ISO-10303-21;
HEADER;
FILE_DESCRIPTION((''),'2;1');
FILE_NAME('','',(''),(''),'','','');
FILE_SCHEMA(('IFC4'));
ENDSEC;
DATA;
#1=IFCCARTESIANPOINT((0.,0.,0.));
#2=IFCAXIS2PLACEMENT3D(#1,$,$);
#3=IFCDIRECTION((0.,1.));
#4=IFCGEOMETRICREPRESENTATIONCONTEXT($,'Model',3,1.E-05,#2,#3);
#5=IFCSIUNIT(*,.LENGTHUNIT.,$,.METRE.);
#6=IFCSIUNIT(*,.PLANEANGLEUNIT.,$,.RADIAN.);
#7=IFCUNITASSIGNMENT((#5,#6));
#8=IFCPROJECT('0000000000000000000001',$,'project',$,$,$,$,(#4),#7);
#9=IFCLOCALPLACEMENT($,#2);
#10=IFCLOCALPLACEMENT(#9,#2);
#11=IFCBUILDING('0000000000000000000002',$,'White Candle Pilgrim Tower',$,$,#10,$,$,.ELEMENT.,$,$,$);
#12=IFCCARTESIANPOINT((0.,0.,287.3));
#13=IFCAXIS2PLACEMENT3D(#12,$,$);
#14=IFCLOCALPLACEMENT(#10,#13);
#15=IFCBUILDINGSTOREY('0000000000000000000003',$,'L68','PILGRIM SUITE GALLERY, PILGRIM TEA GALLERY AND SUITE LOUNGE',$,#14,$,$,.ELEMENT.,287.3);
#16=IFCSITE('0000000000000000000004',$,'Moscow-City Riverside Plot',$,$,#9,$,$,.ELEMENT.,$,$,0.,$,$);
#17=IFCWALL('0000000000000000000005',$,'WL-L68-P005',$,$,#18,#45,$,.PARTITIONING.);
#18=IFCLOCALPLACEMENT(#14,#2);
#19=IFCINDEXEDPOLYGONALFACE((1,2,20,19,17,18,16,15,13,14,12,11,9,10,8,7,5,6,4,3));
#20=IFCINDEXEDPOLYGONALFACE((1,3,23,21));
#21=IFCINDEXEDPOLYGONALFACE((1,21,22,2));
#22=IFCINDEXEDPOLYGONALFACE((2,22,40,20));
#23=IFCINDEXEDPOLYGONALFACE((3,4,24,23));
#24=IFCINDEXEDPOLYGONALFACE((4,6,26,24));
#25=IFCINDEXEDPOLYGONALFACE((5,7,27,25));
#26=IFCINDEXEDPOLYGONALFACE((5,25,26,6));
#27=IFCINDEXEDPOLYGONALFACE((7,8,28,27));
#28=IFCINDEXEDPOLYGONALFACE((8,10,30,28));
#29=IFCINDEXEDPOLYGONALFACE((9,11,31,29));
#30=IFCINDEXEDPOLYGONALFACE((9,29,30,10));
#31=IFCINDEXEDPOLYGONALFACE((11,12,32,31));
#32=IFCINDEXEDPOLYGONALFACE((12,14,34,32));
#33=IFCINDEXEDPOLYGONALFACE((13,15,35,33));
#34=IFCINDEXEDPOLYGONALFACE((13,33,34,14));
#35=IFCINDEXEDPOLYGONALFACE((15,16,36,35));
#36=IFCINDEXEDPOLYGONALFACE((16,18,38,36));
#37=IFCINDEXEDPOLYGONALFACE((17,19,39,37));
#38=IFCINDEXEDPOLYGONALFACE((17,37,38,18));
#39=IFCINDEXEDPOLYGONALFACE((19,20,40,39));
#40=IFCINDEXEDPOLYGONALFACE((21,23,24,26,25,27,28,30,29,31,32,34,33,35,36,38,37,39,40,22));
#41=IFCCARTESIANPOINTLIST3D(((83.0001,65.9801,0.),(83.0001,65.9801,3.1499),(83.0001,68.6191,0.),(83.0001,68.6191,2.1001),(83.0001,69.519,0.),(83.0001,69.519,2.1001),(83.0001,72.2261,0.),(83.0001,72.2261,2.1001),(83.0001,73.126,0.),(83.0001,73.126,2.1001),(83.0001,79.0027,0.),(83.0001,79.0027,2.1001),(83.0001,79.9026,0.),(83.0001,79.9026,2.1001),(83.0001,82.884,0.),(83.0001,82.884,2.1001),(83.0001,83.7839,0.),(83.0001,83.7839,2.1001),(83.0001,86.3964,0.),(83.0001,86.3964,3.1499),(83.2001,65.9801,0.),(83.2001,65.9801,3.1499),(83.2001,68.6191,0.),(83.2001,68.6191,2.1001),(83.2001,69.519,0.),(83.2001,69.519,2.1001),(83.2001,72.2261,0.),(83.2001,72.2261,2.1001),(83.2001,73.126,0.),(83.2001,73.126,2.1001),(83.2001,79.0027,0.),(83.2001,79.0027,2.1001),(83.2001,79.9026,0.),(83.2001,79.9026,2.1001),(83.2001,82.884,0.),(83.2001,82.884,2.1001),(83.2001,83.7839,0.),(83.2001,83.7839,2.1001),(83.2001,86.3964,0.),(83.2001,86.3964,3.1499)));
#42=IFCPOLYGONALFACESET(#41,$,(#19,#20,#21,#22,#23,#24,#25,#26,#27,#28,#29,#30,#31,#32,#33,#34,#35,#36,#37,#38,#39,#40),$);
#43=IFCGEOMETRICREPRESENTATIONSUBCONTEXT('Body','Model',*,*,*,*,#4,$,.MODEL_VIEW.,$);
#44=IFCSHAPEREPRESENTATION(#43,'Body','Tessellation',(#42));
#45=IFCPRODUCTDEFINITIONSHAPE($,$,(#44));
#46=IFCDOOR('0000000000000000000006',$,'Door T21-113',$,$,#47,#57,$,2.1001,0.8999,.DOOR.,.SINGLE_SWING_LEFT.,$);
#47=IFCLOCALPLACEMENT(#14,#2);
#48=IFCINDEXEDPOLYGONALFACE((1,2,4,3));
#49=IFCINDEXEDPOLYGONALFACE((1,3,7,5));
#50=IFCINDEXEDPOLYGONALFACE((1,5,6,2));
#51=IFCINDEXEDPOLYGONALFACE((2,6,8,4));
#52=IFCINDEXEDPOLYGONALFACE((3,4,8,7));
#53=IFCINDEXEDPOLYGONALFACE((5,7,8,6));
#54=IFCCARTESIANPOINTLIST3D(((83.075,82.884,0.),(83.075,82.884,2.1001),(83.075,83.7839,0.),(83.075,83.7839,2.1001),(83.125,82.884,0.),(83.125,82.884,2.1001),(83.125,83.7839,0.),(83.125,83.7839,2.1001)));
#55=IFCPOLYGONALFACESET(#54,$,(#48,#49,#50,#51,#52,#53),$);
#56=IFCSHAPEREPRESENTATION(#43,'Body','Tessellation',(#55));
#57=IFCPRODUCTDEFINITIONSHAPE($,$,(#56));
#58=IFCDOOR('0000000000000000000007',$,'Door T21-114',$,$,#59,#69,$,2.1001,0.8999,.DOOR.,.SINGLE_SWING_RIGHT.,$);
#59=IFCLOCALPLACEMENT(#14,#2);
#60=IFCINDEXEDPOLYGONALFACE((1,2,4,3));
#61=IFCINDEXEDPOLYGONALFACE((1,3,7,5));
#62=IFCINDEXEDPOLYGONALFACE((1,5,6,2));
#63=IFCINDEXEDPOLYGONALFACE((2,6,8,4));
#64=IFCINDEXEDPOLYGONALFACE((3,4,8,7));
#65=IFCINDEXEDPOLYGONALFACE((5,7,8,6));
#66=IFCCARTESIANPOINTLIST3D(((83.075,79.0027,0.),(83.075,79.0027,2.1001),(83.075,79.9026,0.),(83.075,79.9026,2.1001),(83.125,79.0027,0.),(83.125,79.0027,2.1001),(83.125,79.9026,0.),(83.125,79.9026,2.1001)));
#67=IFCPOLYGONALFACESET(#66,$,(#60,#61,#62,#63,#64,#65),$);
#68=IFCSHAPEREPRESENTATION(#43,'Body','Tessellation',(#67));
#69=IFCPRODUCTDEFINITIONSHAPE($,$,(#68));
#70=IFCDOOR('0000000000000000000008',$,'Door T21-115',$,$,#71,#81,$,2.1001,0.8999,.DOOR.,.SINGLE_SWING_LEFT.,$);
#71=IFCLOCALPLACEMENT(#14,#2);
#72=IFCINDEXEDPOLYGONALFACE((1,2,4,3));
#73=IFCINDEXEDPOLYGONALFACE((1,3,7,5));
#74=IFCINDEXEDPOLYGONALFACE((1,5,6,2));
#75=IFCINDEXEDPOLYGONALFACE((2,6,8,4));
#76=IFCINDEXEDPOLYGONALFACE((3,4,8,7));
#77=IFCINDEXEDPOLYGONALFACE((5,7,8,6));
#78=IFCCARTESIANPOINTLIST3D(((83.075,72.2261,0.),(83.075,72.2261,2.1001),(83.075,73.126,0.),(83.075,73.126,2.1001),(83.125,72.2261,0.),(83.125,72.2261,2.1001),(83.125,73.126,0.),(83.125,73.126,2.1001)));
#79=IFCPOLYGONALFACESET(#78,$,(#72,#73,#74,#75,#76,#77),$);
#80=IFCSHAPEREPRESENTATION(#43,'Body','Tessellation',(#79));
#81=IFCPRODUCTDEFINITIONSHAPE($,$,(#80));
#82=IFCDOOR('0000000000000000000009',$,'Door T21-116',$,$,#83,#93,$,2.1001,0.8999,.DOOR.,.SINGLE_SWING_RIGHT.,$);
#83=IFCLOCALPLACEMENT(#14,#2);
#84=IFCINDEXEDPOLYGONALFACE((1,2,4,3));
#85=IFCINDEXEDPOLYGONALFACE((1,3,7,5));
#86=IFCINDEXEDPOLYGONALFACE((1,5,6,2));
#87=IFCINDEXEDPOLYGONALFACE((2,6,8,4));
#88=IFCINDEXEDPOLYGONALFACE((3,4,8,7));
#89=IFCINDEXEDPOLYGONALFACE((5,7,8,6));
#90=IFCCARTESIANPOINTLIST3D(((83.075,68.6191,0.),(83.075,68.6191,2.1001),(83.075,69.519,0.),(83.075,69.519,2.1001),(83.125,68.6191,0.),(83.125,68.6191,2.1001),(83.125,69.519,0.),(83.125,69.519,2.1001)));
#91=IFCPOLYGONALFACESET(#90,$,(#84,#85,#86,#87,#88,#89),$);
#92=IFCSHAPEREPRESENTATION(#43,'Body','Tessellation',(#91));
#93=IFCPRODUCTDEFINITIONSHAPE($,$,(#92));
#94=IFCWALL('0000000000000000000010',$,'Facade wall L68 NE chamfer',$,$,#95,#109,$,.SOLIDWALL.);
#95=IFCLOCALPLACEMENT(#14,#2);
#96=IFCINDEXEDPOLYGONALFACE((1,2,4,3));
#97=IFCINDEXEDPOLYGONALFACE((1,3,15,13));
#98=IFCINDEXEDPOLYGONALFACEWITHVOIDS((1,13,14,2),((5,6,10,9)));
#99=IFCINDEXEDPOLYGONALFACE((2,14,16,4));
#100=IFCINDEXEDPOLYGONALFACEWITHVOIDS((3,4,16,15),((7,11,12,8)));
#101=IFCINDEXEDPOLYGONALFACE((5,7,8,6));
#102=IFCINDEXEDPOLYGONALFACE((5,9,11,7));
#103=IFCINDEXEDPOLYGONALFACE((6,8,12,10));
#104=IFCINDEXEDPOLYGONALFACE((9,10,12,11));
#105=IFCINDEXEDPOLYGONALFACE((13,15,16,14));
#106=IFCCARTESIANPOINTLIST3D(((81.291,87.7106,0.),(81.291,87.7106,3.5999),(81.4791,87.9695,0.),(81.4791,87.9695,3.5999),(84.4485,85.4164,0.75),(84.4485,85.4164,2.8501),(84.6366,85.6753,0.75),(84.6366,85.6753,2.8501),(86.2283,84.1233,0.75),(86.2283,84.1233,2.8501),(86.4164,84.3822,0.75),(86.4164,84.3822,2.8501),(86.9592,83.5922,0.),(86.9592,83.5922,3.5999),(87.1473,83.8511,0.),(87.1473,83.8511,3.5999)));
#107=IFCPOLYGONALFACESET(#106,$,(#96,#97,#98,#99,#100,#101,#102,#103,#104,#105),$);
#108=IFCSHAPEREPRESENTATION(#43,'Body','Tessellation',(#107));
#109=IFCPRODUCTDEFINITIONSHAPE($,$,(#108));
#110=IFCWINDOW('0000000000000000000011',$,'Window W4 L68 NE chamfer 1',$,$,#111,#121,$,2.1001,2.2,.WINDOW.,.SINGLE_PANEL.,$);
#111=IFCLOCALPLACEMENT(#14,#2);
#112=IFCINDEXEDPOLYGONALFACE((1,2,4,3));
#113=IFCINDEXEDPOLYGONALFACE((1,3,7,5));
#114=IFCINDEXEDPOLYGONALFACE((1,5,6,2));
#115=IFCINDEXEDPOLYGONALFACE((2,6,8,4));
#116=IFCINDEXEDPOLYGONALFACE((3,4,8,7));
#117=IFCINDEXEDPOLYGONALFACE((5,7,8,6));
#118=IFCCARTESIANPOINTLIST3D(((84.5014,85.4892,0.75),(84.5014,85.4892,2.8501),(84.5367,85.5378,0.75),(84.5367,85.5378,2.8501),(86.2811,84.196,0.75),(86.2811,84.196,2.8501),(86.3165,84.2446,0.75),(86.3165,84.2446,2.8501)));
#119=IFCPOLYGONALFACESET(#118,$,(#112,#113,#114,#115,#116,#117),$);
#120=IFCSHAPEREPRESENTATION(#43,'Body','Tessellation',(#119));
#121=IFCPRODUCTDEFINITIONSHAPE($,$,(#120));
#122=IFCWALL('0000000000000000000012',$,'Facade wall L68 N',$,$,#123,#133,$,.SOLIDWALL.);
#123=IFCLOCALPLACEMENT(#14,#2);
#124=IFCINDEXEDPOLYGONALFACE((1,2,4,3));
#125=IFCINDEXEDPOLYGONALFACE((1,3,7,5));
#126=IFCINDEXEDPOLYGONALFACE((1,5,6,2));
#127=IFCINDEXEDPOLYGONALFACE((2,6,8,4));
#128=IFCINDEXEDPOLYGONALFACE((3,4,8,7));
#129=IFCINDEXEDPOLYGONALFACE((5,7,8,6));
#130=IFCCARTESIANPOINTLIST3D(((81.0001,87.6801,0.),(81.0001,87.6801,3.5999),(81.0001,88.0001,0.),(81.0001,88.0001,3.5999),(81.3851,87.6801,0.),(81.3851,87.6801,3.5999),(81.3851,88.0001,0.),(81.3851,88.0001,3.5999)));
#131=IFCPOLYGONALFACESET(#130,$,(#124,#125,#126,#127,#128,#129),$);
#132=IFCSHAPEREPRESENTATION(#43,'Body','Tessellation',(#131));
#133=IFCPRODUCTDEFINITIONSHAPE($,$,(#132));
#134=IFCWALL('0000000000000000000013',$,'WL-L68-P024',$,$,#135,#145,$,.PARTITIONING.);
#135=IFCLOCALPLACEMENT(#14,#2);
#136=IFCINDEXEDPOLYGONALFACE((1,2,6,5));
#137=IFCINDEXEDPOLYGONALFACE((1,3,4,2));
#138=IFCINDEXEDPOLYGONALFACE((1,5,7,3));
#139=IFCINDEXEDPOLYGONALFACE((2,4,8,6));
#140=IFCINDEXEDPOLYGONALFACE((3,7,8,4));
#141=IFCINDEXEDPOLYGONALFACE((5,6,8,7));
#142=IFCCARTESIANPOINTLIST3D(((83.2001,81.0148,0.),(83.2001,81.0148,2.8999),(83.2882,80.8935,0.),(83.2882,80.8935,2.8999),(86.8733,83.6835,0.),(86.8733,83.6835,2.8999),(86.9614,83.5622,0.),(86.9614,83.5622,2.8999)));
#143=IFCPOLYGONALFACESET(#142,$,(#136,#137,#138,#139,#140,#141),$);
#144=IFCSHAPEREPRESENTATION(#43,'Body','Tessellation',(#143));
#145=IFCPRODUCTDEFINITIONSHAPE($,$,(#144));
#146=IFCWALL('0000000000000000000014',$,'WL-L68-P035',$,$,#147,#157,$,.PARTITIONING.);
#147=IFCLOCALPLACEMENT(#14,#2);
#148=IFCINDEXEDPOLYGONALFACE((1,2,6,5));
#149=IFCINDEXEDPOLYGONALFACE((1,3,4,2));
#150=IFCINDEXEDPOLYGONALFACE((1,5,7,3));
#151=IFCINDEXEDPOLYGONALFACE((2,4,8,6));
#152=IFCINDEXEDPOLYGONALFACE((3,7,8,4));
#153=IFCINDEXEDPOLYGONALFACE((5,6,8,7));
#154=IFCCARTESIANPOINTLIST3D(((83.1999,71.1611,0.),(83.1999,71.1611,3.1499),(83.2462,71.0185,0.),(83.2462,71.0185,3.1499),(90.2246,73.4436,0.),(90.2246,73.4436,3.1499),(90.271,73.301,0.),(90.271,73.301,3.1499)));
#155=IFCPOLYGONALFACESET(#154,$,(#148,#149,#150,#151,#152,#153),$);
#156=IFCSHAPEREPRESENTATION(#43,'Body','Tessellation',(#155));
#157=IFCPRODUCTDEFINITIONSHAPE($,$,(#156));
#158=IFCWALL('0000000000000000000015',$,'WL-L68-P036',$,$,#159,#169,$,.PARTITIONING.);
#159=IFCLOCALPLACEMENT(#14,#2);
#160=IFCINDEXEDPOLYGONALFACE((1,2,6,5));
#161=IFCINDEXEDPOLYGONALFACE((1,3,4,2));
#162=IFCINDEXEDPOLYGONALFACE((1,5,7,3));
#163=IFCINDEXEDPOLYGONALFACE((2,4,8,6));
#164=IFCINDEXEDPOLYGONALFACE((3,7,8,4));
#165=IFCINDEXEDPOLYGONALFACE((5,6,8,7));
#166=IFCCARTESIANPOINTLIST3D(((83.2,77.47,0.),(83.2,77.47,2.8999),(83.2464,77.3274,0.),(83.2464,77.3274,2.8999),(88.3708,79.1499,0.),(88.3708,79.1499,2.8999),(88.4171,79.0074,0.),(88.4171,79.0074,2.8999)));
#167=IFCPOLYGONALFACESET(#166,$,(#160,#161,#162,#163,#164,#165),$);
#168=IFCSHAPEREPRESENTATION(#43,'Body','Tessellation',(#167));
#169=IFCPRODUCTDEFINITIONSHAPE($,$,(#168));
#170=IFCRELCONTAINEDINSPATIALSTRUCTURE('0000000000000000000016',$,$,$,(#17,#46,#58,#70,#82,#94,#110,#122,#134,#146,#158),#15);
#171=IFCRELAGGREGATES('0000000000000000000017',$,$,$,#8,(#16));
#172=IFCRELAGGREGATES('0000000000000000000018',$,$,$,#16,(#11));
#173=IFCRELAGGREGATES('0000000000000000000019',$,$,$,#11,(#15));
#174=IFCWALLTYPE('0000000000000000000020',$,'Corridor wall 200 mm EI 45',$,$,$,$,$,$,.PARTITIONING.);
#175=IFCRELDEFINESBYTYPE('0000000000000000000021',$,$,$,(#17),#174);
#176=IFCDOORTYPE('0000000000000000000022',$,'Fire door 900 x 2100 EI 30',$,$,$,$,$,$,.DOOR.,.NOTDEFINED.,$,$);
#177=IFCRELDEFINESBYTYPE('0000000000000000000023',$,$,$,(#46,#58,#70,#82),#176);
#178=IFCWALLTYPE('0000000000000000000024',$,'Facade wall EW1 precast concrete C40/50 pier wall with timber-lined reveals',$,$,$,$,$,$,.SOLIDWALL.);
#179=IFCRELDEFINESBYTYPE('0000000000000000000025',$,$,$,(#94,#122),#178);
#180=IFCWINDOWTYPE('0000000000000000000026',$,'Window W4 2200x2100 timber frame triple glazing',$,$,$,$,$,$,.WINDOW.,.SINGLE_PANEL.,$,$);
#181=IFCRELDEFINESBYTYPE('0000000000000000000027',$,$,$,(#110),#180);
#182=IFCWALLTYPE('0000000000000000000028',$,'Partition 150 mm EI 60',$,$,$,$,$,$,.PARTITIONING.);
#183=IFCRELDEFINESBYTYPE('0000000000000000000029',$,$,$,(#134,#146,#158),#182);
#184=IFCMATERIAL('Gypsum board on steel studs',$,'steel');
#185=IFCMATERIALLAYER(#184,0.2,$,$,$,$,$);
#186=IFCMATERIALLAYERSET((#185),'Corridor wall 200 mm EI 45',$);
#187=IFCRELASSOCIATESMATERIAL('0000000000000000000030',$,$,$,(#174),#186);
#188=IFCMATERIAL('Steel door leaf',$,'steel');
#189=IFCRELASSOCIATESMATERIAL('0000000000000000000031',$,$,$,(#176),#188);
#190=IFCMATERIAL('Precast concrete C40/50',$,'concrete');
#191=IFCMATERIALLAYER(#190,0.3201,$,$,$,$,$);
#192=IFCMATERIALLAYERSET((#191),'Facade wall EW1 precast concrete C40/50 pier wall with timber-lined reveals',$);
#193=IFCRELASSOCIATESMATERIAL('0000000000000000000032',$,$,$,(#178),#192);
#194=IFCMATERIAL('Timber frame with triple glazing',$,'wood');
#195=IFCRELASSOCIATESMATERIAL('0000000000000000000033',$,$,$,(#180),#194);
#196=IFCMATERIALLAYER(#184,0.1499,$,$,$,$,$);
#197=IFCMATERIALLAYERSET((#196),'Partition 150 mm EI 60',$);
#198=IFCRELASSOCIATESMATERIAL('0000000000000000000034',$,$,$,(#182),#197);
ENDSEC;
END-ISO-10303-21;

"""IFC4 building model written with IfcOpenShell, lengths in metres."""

from ifc_helpers import new_model, si_unit, direction, frame, frame_2d, origin, place, context, subcontext, project, spatial, rectangle, extrude, material, layer, layer_set, type_object, element, fill, save


model = new_model("IFC4")

# Units and contexts
model_context = context("Model", 3, precision=1e-05, world=origin(), true_north=direction((0.0, 1.0)))
body_context = subcontext(model_context, "Body", "Model", "MODEL_VIEW")
ifc_project = project(units=[si_unit("LENGTHUNIT", "METRE"), si_unit("PLANEANGLEUNIT", "RADIAN")], contexts=[model_context])

# Site, building, storey
site_placement = place(None, origin())
site = spatial("IfcSite", under=ifc_project, at=site_placement, Name="Moscow-City Riverside Plot", CompositionType="ELEMENT", RefElevation=0.0)
building_placement = place(site_placement, origin())
building = spatial("IfcBuilding", under=site, at=building_placement, Name="White Candle Pilgrim Tower", CompositionType="ELEMENT")
storey_placement = place(building_placement, frame((0.0, 0.0, 287.3)))
storey = spatial("IfcBuildingStorey", under=building, at=storey_placement, Name="L68", Description="PILGRIM SUITE GALLERY, PILGRIM TEA GALLERY AND SUITE LOUNGE", CompositionType="ELEMENT", Elevation=287.3)

# Shared definitions
ifc_material_1 = material(Name="Steel door leaf", Category="steel")

# Wall, openings, doors
ifc_material_2 = material(Name="Gypsum board on steel studs", Category="steel")
ifc_layer_1 = layer(ifc_material_2, 0.2)
ifc_layer_set_1 = layer_set([ifc_layer_1], Name="Corridor wall 200 mm EI 45")
wall_type_1 = type_object("IfcWallType", Name="Corridor wall 200 mm EI 45", PredefinedType="PARTITIONING", material=ifc_layer_set_1)
wall_1_placement = place(storey_placement, frame((83.1001, 86.3962, 0.0), z_axis=(0.0, 0.0, 1.0), x_axis=(0.0, -1.0, 0.0)))
wall_1 = element("IfcWall", 1, at=wall_1_placement, inside=storey, type_object=wall_type_1, Name="WL-L68-P005", PredefinedType="PARTITIONING", context=body_context, shape_type="SweptSolid", body=[
    extrude(rectangle(XDim=20.4163, YDim=0.2, at=frame_2d((10.208, 0.0))), origin(), (0.0, 0.0, 1.0), 3.1499),
])
opening_1_placement = place(wall_1_placement, frame((2.6123, 0.0, 0.0)))
opening_1 = element("IfcOpeningElement", 2, at=opening_1_placement, cuts=wall_1, PredefinedType="OPENING", context=body_context, shape_type="SweptSolid", body=[
    extrude(rectangle(XDim=0.8999, YDim=2.1001, at=frame_2d((0.45, 1.05))), frame((0.0, 0.1099, 0.0), z_axis=(0.0, -1.0, 0.0), x_axis=(1.0, 0.0, 0.0)), (0.0, 0.0, 1.0), 0.22),
])
opening_2_placement = place(wall_1_placement, frame((6.4937, 0.0, 0.0)))
opening_2 = element("IfcOpeningElement", 3, at=opening_2_placement, cuts=wall_1, PredefinedType="OPENING", context=body_context, shape_type="SweptSolid", body=[
    extrude(rectangle(XDim=0.8999, YDim=2.1001, at=frame_2d((0.45, 1.05))), frame((0.0, 0.1099, 0.0), z_axis=(0.0, -1.0, 0.0), x_axis=(1.0, 0.0, 0.0)), (0.0, 0.0, 1.0), 0.22),
])
opening_3_placement = place(wall_1_placement, frame((13.2703, 0.0, 0.0)))
opening_3 = element("IfcOpeningElement", 4, at=opening_3_placement, cuts=wall_1, PredefinedType="OPENING", context=body_context, shape_type="SweptSolid", body=[
    extrude(rectangle(XDim=0.8999, YDim=2.1001, at=frame_2d((0.45, 1.05))), frame((0.0, 0.1099, 0.0), z_axis=(0.0, -1.0, 0.0), x_axis=(1.0, 0.0, 0.0)), (0.0, 0.0, 1.0), 0.22),
])
opening_4_placement = place(wall_1_placement, frame((16.8772, 0.0, 0.0)))
opening_4 = element("IfcOpeningElement", 5, at=opening_4_placement, cuts=wall_1, PredefinedType="OPENING", context=body_context, shape_type="SweptSolid", body=[
    extrude(rectangle(XDim=0.8999, YDim=2.1001, at=frame_2d((0.45, 1.05))), frame((0.0, 0.1099, 0.0), z_axis=(0.0, -1.0, 0.0), x_axis=(1.0, 0.0, 0.0)), (0.0, 0.0, 1.0), 0.22),
])
door_type_1 = type_object("IfcDoorType", Name="Fire door 900 x 2100 EI 30", OperationType="NOTDEFINED", PredefinedType="DOOR", material=ifc_material_1)
door_1_placement = place(opening_1_placement, origin())
door_1 = element("IfcDoor", 6, at=door_1_placement, inside=storey, type_object=door_type_1, Name="Door T21-113", OperationType="SINGLE_SWING_LEFT", OverallHeight=2.1001, OverallWidth=0.8999, PredefinedType="DOOR", context=body_context, shape_type="SweptSolid", body=[
    extrude(rectangle(XDim=0.8999, YDim=2.1001, at=frame_2d((0.45, 1.05))), frame((0.0, 0.0249, 0.0), z_axis=(0.0, -1.0, 0.0), x_axis=(1.0, 0.0, 0.0)), (0.0, 0.0, 1.0), 0.05),
])
fill(opening_1, door_1)
door_2_placement = place(opening_2_placement, origin())
door_2 = element("IfcDoor", 7, at=door_2_placement, inside=storey, type_object=door_type_1, Name="Door T21-114", OperationType="SINGLE_SWING_RIGHT", OverallHeight=2.1001, OverallWidth=0.8999, PredefinedType="DOOR", context=body_context, shape_type="SweptSolid", body=[
    extrude(rectangle(XDim=0.8999, YDim=2.1001, at=frame_2d((0.45, 1.05))), frame((0.0, 0.0249, 0.0), z_axis=(0.0, -1.0, 0.0), x_axis=(1.0, 0.0, 0.0)), (0.0, 0.0, 1.0), 0.05),
])
fill(opening_2, door_2)
door_3_placement = place(opening_3_placement, origin())
door_3 = element("IfcDoor", 8, at=door_3_placement, inside=storey, type_object=door_type_1, Name="Door T21-115", OperationType="SINGLE_SWING_LEFT", OverallHeight=2.1001, OverallWidth=0.8999, PredefinedType="DOOR", context=body_context, shape_type="SweptSolid", body=[
    extrude(rectangle(XDim=0.8999, YDim=2.1001, at=frame_2d((0.45, 1.05))), frame((0.0, 0.0249, 0.0), z_axis=(0.0, -1.0, 0.0), x_axis=(1.0, 0.0, 0.0)), (0.0, 0.0, 1.0), 0.05),
])
fill(opening_3, door_3)
door_4_placement = place(opening_4_placement, origin())
door_4 = element("IfcDoor", 9, at=door_4_placement, inside=storey, type_object=door_type_1, Name="Door T21-116", OperationType="SINGLE_SWING_RIGHT", OverallHeight=2.1001, OverallWidth=0.8999, PredefinedType="DOOR", context=body_context, shape_type="SweptSolid", body=[
    extrude(rectangle(XDim=0.8999, YDim=2.1001, at=frame_2d((0.45, 1.05))), frame((0.0, 0.0249, 0.0), z_axis=(0.0, -1.0, 0.0), x_axis=(1.0, 0.0, 0.0)), (0.0, 0.0, 1.0), 0.05),
])
fill(opening_4, door_4)

# Wall, opening, window
ifc_material_3 = material(Name="Precast concrete C40/50", Category="concrete")
ifc_layer_2 = layer(ifc_material_3, 0.3201)
ifc_layer_set_2 = layer_set([ifc_layer_2], Name="Facade wall EW1 precast concrete C40/50 pier wall with timber-lined reveals")
wall_type_2 = type_object("IfcWallType", Name="Facade wall EW1 precast concrete C40/50 pier wall with timber-lined reveals", PredefinedType="SOLIDWALL", material=ifc_layer_set_2)
wall_2_placement = place(storey_placement, frame((87.0532, 83.7217, 0.0), z_axis=(0.0, 0.0, 1.0), x_axis=(-0.809003, 0.587805, 0.0)))
wall_2 = element("IfcWall", 10, at=wall_2_placement, inside=storey, type_object=wall_type_2, Name="Facade wall L68 NE chamfer", PredefinedType="SOLIDWALL", context=body_context, shape_type="SweptSolid", body=[
    extrude(rectangle(XDim=7.0063, YDim=0.3201, at=frame_2d((3.5032, 0.0))), origin(), (0.0, 0.0, 1.0), 3.5999),
])
opening_5_placement = place(wall_2_placement, frame((0.9033, 0.0, 0.75)))
opening_5 = element("IfcOpeningElement", 11, at=opening_5_placement, cuts=wall_2, PredefinedType="OPENING", context=body_context, shape_type="SweptSolid", body=[
    extrude(rectangle(XDim=2.2, YDim=2.1001, at=frame_2d((1.1001, 1.05))), frame((0.0, 0.1699, 0.0), z_axis=(0.0, -1.0, 0.0), x_axis=(1.0, 0.0, 0.0)), (0.0, 0.0, 1.0), 0.3401),
])
ifc_material_4 = material(Name="Timber frame with triple glazing", Category="wood")
window_type = type_object("IfcWindowType", Name="Window W4 2200x2100 timber frame triple glazing", PartitioningType="SINGLE_PANEL", PredefinedType="WINDOW", material=ifc_material_4)
window_placement = place(opening_5_placement, origin())
window = element("IfcWindow", 12, at=window_placement, inside=storey, type_object=window_type, Name="Window W4 L68 NE chamfer 1", OverallHeight=2.1001, OverallWidth=2.2, PartitioningType="SINGLE_PANEL", PredefinedType="WINDOW", context=body_context, shape_type="SweptSolid", body=[
    extrude(rectangle(XDim=2.2, YDim=2.1001, at=frame_2d((1.1001, 1.05))), frame((0.0, 0.0701, 0.0), z_axis=(0.0, -1.0, 0.0), x_axis=(1.0, 0.0, 0.0)), (0.0, 0.0, 1.0), 0.0601),
])
fill(opening_5, window)

# Walls
wall_3_placement = place(storey_placement, frame((81.385, 87.8401, 0.0), z_axis=(0.0, 0.0, 1.0), x_axis=(-1.0, 0.0, 0.0)))
element("IfcWall", 13, at=wall_3_placement, inside=storey, type_object=wall_type_2, Name="Facade wall L68 N", PredefinedType="SOLIDWALL", context=body_context, shape_type="SweptSolid", body=[
    extrude(rectangle(XDim=0.385, YDim=0.3201, at=frame_2d((0.1924, 0.0))), origin(), (0.0, 0.0, 1.0), 3.5999),
])
ifc_layer_3 = layer(ifc_material_2, 0.1499)
ifc_layer_set_3 = layer_set([ifc_layer_3], Name="Partition 150 mm EI 60")
wall_type_3 = type_object("IfcWallType", Name="Partition 150 mm EI 60", PredefinedType="PARTITIONING", material=ifc_layer_set_3)
wall_4_placement = place(storey_placement, frame((86.9172, 83.6228, 0.0), z_axis=(0.0, 0.0, 1.0), x_axis=(-0.809013, -0.587791, 0.0)))
element("IfcWall", 14, at=wall_4_placement, inside=storey, type_object=wall_type_3, Name="WL-L68-P024", PredefinedType="PARTITIONING", context=body_context, shape_type="SweptSolid", body=[
    extrude(rectangle(XDim=4.5403, YDim=0.1499, at=frame_2d((2.27, 0.0))), origin(), (0.0, 0.0, 1.0), 2.8999),
])
wall_5_placement = place(storey_placement, frame((90.2478, 73.3723, 0.0), z_axis=(0.0, 0.0, 1.0), x_axis=(-0.951056, -0.30902, 0.0)))
element("IfcWall", 15, at=wall_5_placement, inside=storey, type_object=wall_type_3, Name="WL-L68-P035", PredefinedType="PARTITIONING", context=body_context, shape_type="SweptSolid", body=[
    extrude(rectangle(XDim=7.3862, YDim=0.1499, at=frame_2d((3.6931, 0.0))), origin(), (0.0, 0.0, 1.0), 3.1499),
])
wall_6_placement = place(storey_placement, frame((88.3938, 79.0786, 0.0), z_axis=(0.0, 0.0, 1.0), x_axis=(-0.951063, -0.308998, 0.0)))
element("IfcWall", 16, at=wall_6_placement, inside=storey, type_object=wall_type_3, Name="WL-L68-P036", PredefinedType="PARTITIONING", context=body_context, shape_type="SweptSolid", body=[
    extrude(rectangle(XDim=5.4368, YDim=0.1499, at=frame_2d((2.7183, 0.0))), origin(), (0.0, 0.0, 1.0), 2.8999),
])

save(model, "model.ifc")
